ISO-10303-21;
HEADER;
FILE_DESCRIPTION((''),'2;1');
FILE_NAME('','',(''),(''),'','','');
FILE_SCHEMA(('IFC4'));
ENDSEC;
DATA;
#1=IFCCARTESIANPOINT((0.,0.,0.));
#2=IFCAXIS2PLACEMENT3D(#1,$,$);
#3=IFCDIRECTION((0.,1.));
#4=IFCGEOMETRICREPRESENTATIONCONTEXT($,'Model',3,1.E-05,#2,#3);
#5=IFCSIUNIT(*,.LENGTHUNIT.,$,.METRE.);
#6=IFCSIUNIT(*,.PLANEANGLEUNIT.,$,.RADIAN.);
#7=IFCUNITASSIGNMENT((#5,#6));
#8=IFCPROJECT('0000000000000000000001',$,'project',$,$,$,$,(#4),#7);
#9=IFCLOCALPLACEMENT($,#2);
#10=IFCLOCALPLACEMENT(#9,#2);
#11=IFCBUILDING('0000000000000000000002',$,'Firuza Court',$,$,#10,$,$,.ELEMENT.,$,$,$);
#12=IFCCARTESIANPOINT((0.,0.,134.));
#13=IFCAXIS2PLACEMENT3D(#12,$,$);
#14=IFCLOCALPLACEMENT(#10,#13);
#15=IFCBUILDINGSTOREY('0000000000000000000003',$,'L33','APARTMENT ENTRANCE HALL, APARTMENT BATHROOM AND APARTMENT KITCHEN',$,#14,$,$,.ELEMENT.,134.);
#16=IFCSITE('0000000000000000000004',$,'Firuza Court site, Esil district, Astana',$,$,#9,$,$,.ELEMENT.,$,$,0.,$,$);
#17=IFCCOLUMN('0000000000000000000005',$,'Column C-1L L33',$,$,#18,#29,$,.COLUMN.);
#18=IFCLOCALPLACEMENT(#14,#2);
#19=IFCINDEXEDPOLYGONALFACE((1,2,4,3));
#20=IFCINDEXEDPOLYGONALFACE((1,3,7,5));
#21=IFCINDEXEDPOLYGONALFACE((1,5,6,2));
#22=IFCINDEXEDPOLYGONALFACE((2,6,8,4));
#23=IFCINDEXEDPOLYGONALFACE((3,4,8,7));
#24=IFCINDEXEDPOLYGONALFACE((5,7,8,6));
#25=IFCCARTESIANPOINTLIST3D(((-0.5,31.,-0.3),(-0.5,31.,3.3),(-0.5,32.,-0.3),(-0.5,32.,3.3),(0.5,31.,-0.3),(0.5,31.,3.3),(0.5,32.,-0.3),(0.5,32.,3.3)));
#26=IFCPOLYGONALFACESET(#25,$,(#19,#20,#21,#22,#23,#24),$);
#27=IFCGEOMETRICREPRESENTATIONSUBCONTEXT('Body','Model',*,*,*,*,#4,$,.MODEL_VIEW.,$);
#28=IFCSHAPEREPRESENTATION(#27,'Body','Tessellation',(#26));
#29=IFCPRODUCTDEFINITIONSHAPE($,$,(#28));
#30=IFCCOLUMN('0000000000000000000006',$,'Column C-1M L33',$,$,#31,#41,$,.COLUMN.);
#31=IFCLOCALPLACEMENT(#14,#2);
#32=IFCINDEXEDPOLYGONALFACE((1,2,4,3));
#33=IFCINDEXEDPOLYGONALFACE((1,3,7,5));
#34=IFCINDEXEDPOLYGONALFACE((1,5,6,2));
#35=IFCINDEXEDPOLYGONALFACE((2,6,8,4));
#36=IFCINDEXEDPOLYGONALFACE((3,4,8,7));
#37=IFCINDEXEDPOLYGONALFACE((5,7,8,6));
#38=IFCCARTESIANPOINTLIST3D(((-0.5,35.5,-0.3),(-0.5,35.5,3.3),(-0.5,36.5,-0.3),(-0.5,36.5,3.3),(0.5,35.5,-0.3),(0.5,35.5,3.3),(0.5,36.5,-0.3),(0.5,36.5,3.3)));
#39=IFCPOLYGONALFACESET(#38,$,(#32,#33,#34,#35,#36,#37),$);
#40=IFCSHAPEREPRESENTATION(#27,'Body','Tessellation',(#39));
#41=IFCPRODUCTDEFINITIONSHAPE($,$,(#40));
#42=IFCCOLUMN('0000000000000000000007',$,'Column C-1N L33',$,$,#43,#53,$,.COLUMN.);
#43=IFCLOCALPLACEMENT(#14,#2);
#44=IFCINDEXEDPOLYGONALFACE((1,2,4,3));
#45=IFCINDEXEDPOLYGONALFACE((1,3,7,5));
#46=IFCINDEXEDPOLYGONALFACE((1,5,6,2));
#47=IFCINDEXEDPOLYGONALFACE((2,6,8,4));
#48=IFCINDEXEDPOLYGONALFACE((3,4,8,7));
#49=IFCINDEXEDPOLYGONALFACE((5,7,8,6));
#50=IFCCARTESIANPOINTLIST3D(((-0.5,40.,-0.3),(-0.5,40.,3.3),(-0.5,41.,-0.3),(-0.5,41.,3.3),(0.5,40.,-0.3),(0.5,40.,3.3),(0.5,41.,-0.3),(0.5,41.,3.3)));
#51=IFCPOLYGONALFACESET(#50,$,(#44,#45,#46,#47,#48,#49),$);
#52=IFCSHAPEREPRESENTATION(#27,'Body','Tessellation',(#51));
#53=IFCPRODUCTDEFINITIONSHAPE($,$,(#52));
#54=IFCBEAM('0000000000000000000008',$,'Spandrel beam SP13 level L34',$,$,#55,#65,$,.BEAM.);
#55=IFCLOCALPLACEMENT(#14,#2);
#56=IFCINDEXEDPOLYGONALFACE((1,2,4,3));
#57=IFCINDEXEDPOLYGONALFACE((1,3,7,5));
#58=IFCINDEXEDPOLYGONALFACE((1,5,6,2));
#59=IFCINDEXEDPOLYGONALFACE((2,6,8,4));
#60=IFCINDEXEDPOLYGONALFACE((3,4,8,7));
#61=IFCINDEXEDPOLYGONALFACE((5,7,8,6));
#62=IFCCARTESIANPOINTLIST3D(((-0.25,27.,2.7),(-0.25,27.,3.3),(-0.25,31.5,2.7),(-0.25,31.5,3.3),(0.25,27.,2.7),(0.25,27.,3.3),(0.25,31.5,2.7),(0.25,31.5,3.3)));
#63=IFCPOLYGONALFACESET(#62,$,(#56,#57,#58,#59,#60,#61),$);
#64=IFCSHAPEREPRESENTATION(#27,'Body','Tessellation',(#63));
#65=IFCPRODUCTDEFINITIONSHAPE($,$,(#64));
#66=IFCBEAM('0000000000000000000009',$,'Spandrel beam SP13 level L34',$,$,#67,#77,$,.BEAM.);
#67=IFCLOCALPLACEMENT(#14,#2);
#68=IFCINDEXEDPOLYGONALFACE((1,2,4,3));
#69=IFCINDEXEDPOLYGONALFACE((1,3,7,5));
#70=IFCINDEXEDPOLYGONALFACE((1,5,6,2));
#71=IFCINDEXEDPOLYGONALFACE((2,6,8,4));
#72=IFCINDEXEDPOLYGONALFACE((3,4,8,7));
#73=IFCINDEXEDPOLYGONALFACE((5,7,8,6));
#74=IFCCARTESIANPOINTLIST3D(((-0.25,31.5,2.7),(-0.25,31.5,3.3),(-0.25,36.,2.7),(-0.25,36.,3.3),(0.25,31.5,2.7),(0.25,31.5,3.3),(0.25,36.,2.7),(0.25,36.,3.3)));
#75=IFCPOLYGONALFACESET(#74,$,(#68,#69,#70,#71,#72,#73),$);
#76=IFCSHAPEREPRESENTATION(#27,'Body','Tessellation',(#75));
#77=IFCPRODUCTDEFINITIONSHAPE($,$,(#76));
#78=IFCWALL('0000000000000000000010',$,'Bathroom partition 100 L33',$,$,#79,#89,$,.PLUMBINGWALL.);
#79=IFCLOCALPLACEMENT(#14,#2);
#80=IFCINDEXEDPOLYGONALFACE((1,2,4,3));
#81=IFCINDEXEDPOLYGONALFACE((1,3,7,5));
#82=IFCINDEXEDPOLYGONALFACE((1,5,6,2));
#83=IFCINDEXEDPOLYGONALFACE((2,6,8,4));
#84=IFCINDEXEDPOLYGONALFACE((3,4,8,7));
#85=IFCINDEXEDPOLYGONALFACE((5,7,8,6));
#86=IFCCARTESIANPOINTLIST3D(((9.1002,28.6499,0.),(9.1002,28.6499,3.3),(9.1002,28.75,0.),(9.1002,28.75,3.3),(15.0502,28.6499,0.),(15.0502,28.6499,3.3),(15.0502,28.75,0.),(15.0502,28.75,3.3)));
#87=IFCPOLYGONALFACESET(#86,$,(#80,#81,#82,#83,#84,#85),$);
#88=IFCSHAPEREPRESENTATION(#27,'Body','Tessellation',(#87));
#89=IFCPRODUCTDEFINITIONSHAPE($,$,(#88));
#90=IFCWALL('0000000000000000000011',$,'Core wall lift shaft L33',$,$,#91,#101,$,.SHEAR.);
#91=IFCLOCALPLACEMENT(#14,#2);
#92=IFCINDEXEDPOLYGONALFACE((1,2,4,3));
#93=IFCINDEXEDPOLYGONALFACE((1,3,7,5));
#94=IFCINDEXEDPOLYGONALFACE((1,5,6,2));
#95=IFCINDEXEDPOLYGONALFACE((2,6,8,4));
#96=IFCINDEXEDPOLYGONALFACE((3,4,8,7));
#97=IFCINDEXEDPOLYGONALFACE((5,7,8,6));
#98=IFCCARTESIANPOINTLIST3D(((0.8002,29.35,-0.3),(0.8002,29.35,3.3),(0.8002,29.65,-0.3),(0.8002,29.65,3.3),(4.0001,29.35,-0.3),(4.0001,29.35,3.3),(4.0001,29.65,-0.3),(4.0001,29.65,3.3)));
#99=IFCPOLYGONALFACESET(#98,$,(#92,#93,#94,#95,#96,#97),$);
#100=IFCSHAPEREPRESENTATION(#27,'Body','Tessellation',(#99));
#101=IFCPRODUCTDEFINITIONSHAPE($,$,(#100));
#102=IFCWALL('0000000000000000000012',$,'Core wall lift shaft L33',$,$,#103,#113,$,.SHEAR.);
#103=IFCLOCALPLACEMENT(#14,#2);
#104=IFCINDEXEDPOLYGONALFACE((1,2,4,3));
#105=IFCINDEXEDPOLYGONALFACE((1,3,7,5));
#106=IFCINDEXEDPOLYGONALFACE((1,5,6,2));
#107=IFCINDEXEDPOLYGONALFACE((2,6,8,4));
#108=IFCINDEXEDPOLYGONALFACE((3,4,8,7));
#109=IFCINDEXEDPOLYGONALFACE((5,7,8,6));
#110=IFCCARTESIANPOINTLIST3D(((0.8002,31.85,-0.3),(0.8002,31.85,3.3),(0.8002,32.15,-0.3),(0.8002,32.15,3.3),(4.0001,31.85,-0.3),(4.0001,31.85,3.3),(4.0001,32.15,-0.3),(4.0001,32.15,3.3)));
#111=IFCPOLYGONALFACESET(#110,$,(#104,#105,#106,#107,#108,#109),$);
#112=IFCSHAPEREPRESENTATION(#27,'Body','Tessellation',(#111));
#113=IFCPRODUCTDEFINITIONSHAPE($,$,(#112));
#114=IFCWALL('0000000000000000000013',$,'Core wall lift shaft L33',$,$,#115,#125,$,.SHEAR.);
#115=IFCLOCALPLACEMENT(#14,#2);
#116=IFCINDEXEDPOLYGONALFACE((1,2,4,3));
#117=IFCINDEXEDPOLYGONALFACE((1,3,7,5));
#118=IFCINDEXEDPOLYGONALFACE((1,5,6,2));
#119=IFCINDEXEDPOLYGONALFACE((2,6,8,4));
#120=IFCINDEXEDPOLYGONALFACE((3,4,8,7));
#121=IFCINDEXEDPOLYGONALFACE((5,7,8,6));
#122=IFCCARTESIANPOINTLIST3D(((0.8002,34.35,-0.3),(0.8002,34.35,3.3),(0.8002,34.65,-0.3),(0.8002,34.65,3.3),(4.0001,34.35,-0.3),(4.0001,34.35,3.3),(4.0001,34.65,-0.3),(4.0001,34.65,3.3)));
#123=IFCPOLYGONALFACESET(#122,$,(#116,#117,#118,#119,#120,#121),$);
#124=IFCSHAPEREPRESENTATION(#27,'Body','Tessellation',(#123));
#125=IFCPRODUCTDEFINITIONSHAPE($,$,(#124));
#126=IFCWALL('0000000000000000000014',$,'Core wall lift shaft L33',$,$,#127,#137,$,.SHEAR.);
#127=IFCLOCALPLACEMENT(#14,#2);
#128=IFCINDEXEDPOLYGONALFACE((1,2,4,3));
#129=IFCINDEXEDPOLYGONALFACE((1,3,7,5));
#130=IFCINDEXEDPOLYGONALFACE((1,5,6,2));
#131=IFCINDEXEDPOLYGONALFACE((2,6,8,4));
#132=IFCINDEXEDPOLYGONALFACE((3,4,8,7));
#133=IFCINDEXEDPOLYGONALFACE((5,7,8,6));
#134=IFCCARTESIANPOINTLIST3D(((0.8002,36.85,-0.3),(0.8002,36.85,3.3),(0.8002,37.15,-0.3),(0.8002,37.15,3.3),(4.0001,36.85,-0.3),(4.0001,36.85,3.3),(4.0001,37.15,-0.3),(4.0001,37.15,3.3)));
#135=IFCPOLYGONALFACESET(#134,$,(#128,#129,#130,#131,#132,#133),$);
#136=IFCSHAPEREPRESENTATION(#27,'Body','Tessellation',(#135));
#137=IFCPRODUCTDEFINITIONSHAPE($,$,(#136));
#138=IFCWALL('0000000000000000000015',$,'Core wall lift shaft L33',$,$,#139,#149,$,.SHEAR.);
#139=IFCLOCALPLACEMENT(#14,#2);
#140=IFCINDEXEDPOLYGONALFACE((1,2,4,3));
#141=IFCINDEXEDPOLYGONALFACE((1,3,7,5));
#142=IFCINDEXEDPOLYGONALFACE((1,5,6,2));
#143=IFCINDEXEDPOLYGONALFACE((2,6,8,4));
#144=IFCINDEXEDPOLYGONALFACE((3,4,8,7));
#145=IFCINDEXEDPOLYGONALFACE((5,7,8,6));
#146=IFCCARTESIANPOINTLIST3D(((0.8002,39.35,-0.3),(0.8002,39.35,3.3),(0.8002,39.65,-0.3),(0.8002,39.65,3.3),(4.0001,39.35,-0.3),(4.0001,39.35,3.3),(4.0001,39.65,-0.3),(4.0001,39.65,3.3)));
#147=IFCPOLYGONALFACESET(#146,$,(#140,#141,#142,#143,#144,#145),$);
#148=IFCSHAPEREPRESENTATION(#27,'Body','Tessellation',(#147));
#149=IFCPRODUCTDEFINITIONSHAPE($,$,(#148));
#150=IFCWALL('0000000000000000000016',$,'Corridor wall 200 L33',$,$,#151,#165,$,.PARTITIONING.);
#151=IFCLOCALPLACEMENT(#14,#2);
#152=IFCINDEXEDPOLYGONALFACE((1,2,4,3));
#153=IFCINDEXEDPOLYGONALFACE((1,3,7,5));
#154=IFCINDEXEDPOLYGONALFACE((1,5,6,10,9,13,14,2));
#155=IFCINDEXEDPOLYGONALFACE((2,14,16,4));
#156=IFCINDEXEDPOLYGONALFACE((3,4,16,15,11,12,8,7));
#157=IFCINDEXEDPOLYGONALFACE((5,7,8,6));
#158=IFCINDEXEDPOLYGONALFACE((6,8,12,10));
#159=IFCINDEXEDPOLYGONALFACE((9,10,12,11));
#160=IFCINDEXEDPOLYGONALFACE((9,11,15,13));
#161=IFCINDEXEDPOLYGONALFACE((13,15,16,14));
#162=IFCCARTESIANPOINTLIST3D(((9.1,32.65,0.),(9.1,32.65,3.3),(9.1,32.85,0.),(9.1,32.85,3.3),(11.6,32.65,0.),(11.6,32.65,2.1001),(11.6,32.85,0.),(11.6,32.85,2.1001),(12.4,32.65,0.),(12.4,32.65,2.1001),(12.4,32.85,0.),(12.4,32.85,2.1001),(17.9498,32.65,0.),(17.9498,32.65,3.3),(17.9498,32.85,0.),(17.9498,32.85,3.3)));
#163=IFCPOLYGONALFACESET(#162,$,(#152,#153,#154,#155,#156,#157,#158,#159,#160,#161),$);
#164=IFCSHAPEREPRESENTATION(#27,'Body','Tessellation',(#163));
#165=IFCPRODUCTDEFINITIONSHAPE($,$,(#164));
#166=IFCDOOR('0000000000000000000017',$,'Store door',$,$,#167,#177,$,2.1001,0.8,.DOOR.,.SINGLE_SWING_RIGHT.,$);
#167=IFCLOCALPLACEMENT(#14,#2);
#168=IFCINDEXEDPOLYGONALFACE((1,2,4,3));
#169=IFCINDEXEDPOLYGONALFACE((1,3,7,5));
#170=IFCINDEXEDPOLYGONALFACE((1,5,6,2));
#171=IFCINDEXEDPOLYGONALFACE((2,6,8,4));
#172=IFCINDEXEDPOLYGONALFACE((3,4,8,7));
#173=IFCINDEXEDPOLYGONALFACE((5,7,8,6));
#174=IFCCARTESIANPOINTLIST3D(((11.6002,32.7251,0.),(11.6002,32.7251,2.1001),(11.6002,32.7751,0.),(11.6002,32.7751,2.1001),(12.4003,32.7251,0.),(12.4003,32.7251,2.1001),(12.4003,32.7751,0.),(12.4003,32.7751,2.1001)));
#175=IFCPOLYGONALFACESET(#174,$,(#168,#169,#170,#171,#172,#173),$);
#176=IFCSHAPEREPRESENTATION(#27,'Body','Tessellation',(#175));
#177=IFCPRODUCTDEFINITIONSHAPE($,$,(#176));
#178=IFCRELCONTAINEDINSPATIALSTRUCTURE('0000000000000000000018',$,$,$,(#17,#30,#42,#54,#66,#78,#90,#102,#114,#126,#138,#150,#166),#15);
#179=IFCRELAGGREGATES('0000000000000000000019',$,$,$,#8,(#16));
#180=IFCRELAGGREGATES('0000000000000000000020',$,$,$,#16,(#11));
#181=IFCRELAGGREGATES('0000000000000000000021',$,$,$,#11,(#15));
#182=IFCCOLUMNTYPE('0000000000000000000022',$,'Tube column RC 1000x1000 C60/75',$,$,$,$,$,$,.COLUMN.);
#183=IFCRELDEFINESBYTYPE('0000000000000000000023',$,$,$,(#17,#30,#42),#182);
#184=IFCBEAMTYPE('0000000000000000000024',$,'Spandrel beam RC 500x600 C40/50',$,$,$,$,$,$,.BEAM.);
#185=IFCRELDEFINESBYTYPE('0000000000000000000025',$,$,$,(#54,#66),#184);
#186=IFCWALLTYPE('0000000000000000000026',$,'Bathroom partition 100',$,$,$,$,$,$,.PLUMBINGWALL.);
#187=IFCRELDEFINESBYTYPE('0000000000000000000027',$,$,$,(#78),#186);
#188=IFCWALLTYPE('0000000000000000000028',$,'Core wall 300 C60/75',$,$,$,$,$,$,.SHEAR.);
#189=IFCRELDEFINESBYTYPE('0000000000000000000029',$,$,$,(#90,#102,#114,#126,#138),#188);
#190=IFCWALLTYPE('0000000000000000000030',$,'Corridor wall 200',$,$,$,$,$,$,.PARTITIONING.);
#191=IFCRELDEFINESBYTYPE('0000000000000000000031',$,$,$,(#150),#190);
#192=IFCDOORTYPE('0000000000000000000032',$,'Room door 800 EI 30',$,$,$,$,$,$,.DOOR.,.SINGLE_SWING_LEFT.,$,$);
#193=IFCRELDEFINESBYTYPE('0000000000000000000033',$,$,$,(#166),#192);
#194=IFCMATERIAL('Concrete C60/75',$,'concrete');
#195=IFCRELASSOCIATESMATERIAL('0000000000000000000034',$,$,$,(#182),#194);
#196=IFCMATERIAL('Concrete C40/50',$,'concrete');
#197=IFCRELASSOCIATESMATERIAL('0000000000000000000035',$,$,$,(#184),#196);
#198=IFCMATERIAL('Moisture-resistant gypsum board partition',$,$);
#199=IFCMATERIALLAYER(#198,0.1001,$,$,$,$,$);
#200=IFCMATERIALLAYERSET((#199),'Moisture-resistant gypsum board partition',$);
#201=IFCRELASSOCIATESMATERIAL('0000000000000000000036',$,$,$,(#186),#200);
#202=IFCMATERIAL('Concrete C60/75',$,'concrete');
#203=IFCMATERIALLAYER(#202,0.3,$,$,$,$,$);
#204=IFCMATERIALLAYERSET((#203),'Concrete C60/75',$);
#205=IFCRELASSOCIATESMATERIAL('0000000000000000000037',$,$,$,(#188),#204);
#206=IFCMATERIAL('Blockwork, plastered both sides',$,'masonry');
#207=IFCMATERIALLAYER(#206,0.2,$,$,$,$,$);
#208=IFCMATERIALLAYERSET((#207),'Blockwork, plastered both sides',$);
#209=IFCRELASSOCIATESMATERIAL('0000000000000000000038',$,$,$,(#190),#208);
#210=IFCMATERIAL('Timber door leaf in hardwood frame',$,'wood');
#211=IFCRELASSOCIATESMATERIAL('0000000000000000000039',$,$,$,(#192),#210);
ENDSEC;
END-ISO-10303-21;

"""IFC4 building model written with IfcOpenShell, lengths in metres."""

from ifc_helpers import new_model, si_unit, direction, frame, frame_2d, origin, origin_2d, place, context, subcontext, project, spatial, rectangle, extrude, material, layer, layer_set, material_profile, profile_set, type_object, element, fill, save


model = new_model("IFC4")

# Units and contexts
model_context = context("Model", 3, precision=1e-05, world=origin(), true_north=direction((0.0, 1.0)))
body_context = subcontext(model_context, "Body", "Model", "MODEL_VIEW")
ifc_project = project(units=[si_unit("LENGTHUNIT", "METRE"), si_unit("PLANEANGLEUNIT", "RADIAN")], contexts=[model_context])

# Site, building, storey
site_placement = place(None, origin())
site = spatial("IfcSite", under=ifc_project, at=site_placement, Name="Firuza Court site, Esil district, Astana", CompositionType="ELEMENT", RefElevation=0.0)
building_placement = place(site_placement, origin())
building = spatial("IfcBuilding", under=site, at=building_placement, Name="Firuza Court", CompositionType="ELEMENT")
storey_placement = place(building_placement, frame((0.0, 0.0, 134.0)))
storey = spatial("IfcBuildingStorey", under=building, at=storey_placement, Name="L33", Description="APARTMENT ENTRANCE HALL, APARTMENT BATHROOM AND APARTMENT KITCHEN", CompositionType="ELEMENT", Elevation=134.0)

# Columns
ifc_material_1 = material(Name="Concrete C60/75", Category="concrete")
ifc_material_profile_1 = material_profile(ifc_material_1, rectangle(XDim=1.0, YDim=1.0, at=origin_2d()), Name="RC 1000x1000")
ifc_profile_set_1 = profile_set([ifc_material_profile_1], Name="Concrete C60/75")
column_type = type_object("IfcColumnType", Name="Tube column RC 1000x1000 C60/75", PredefinedType="COLUMN", material=ifc_profile_set_1)
for number, where, z_axis, x_axis, name in (
    (1, (0.0, 31.5, -0.3), (0.0, 0.0, 1.0), (1.0, 0.0, 0.0), "Column C-1L L33"),
    (2, (0.0, 36.0, -0.3), (0.0, 0.0, 1.0), (1.0, 0.0, 0.0), "Column C-1M L33"),
    (3, (0.0, 40.5, -0.3), (0.0, 0.0, 1.0), (1.0, 0.0, 0.0), "Column C-1N L33"),
):
    element("IfcColumn", number, at=place(storey_placement, frame(where, z_axis=z_axis, x_axis=x_axis)), inside=storey, type_object=column_type, Name=name, PredefinedType="COLUMN", context=body_context, shape_type="SweptSolid", body=[
        extrude(rectangle(XDim=1.0, YDim=1.0, at=origin_2d()), origin(), (0.0, 0.0, 1.0), 3.6001),
    ])

# Beams
ifc_material_2 = material(Name="Concrete C40/50", Category="concrete")
ifc_material_profile_2 = material_profile(ifc_material_2, rectangle(XDim=0.5, YDim=0.6001, at=origin_2d()), Name="RC 500x600")
ifc_profile_set_2 = profile_set([ifc_material_profile_2], Name="Concrete C40/50")
beam_type = type_object("IfcBeamType", Name="Spandrel beam RC 500x600 C40/50", PredefinedType="BEAM", material=ifc_profile_set_2)
for number, where, z_axis, x_axis, name in (
    (4, (0.0, 31.5, 3.0), (0.0, -1.0, 0.0), (1.0, 0.0, 0.0), "Spandrel beam SP13 level L34"),
    (5, (0.0, 36.0, 3.0), (0.0, -1.0, 0.0), (1.0, 0.0, 0.0), "Spandrel beam SP13 level L34"),
):
    element("IfcBeam", number, at=place(storey_placement, frame(where, z_axis=z_axis, x_axis=x_axis)), inside=storey, type_object=beam_type, Name=name, PredefinedType="BEAM", context=body_context, shape_type="SweptSolid", body=[
        extrude(rectangle(XDim=0.5, YDim=0.6001, at=origin_2d()), origin(), (0.0, 0.0, 1.0), 4.5),
    ])

# Walls
ifc_material_3 = material(Name="Moisture-resistant gypsum board partition")
ifc_layer_1 = layer(ifc_material_3, 0.1001)
ifc_layer_set_1 = layer_set([ifc_layer_1], Name="Moisture-resistant gypsum board partition")
wall_type_1 = type_object("IfcWallType", Name="Bathroom partition 100", PredefinedType="PLUMBINGWALL", material=ifc_layer_set_1)
wall_1_placement = place(storey_placement, frame((9.1001, 28.7, 0.0), z_axis=(0.0, 0.0, 1.0), x_axis=(1.0, 0.0, 0.0)))
element("IfcWall", 6, at=wall_1_placement, inside=storey, type_object=wall_type_1, Name="Bathroom partition 100 L33", PredefinedType="PLUMBINGWALL", context=body_context, shape_type="SweptSolid", body=[
    extrude(rectangle(XDim=5.95, YDim=0.1001, at=frame_2d((2.9751, 0.0))), origin(), (0.0, 0.0, 1.0), 3.3),
])
ifc_material_4 = material(Name="Concrete C60/75", Category="concrete")
ifc_layer_2 = layer(ifc_material_4, 0.3)
ifc_layer_set_2 = layer_set([ifc_layer_2], Name="Concrete C60/75")
wall_type_2 = type_object("IfcWallType", Name="Core wall 300 C60/75", PredefinedType="SHEAR", material=ifc_layer_set_2)
for number, where, z_axis, x_axis, name in (
    (7, (0.8, 29.5, -0.3), (0.0, 0.0, 1.0), (1.0, 0.0, 0.0), "Core wall lift shaft L33"),
    (8, (0.8, 32.0, -0.3), (0.0, 0.0, 1.0), (1.0, 0.0, 0.0), "Core wall lift shaft L33"),
    (9, (0.8, 34.5, -0.3), (0.0, 0.0, 1.0), (1.0, 0.0, 0.0), "Core wall lift shaft L33"),
    (10, (0.8, 37.0, -0.3), (0.0, 0.0, 1.0), (1.0, 0.0, 0.0), "Core wall lift shaft L33"),
    (11, (0.8, 39.5, -0.3), (0.0, 0.0, 1.0), (1.0, 0.0, 0.0), "Core wall lift shaft L33"),
):
    element("IfcWall", number, at=place(storey_placement, frame(where, z_axis=z_axis, x_axis=x_axis)), inside=storey, type_object=wall_type_2, Name=name, PredefinedType="SHEAR", context=body_context, shape_type="SweptSolid", body=[
        extrude(rectangle(XDim=3.2, YDim=0.3, at=frame_2d((1.6001, 0.0))), origin(), (0.0, 0.0, 1.0), 3.6001),
    ])

# Wall, opening, door
ifc_material_5 = material(Name="Blockwork, plastered both sides", Category="masonry")
ifc_layer_3 = layer(ifc_material_5, 0.2)
ifc_layer_set_3 = layer_set([ifc_layer_3], Name="Blockwork, plastered both sides")
wall_type_3 = type_object("IfcWallType", Name="Corridor wall 200", PredefinedType="PARTITIONING", material=ifc_layer_set_3)
wall_2_placement = place(storey_placement, frame((9.1001, 32.75, 0.0), z_axis=(0.0, 0.0, 1.0), x_axis=(1.0, 0.0, 0.0)))
wall_2 = element("IfcWall", 12, at=wall_2_placement, inside=storey, type_object=wall_type_3, Name="Corridor wall 200 L33", PredefinedType="PARTITIONING", context=body_context, shape_type="SweptSolid", body=[
    extrude(rectangle(XDim=8.8499, YDim=0.2, at=frame_2d((4.4248, 0.0))), origin(), (0.0, 0.0, 1.0), 3.3),
])
opening_1_placement = place(wall_2_placement, frame((2.5, 0.0, 0.0)))
opening_1 = element("IfcOpeningElement", 13, at=opening_1_placement, cuts=wall_2, PredefinedType="OPENING", context=body_context, shape_type="SweptSolid", body=[
    extrude(rectangle(XDim=0.8, YDim=2.1001, at=frame_2d((0.3999, 1.05))), frame((0.0, 0.1118, 0.0), z_axis=(0.0, -1.0, 0.0), x_axis=(1.0, 0.0, 0.0)), (0.0, 0.0, 1.0), 0.2239),
])
ifc_material_6 = material(Name="Timber door leaf in hardwood frame", Category="wood")
door_type_1 = type_object("IfcDoorType", Name="Room door 800 EI 30", OperationType="SINGLE_SWING_LEFT", PredefinedType="DOOR", material=ifc_material_6)
door_1_placement = place(opening_1_placement, frame((0.8, 0.0, 0.0), z_axis=(0.0, 0.0, 1.0), x_axis=(-1.0, 0.0, 0.0)))
door_1 = element("IfcDoor", 14, at=door_1_placement, inside=storey, type_object=door_type_1, Name="Store door", OperationType="SINGLE_SWING_RIGHT", OverallHeight=2.1001, OverallWidth=0.8, PredefinedType="DOOR", context=body_context, shape_type="SweptSolid", body=[
    extrude(rectangle(XDim=0.8, YDim=2.1001, at=frame_2d((0.3999, 1.05))), frame((0.0, 0.0249, 0.0), z_axis=(0.0, -1.0, 0.0), x_axis=(1.0, 0.0, 0.0)), (0.0, 0.0, 1.0), 0.05),
])
fill(opening_1, door_1)

save(model, "model.ifc")
